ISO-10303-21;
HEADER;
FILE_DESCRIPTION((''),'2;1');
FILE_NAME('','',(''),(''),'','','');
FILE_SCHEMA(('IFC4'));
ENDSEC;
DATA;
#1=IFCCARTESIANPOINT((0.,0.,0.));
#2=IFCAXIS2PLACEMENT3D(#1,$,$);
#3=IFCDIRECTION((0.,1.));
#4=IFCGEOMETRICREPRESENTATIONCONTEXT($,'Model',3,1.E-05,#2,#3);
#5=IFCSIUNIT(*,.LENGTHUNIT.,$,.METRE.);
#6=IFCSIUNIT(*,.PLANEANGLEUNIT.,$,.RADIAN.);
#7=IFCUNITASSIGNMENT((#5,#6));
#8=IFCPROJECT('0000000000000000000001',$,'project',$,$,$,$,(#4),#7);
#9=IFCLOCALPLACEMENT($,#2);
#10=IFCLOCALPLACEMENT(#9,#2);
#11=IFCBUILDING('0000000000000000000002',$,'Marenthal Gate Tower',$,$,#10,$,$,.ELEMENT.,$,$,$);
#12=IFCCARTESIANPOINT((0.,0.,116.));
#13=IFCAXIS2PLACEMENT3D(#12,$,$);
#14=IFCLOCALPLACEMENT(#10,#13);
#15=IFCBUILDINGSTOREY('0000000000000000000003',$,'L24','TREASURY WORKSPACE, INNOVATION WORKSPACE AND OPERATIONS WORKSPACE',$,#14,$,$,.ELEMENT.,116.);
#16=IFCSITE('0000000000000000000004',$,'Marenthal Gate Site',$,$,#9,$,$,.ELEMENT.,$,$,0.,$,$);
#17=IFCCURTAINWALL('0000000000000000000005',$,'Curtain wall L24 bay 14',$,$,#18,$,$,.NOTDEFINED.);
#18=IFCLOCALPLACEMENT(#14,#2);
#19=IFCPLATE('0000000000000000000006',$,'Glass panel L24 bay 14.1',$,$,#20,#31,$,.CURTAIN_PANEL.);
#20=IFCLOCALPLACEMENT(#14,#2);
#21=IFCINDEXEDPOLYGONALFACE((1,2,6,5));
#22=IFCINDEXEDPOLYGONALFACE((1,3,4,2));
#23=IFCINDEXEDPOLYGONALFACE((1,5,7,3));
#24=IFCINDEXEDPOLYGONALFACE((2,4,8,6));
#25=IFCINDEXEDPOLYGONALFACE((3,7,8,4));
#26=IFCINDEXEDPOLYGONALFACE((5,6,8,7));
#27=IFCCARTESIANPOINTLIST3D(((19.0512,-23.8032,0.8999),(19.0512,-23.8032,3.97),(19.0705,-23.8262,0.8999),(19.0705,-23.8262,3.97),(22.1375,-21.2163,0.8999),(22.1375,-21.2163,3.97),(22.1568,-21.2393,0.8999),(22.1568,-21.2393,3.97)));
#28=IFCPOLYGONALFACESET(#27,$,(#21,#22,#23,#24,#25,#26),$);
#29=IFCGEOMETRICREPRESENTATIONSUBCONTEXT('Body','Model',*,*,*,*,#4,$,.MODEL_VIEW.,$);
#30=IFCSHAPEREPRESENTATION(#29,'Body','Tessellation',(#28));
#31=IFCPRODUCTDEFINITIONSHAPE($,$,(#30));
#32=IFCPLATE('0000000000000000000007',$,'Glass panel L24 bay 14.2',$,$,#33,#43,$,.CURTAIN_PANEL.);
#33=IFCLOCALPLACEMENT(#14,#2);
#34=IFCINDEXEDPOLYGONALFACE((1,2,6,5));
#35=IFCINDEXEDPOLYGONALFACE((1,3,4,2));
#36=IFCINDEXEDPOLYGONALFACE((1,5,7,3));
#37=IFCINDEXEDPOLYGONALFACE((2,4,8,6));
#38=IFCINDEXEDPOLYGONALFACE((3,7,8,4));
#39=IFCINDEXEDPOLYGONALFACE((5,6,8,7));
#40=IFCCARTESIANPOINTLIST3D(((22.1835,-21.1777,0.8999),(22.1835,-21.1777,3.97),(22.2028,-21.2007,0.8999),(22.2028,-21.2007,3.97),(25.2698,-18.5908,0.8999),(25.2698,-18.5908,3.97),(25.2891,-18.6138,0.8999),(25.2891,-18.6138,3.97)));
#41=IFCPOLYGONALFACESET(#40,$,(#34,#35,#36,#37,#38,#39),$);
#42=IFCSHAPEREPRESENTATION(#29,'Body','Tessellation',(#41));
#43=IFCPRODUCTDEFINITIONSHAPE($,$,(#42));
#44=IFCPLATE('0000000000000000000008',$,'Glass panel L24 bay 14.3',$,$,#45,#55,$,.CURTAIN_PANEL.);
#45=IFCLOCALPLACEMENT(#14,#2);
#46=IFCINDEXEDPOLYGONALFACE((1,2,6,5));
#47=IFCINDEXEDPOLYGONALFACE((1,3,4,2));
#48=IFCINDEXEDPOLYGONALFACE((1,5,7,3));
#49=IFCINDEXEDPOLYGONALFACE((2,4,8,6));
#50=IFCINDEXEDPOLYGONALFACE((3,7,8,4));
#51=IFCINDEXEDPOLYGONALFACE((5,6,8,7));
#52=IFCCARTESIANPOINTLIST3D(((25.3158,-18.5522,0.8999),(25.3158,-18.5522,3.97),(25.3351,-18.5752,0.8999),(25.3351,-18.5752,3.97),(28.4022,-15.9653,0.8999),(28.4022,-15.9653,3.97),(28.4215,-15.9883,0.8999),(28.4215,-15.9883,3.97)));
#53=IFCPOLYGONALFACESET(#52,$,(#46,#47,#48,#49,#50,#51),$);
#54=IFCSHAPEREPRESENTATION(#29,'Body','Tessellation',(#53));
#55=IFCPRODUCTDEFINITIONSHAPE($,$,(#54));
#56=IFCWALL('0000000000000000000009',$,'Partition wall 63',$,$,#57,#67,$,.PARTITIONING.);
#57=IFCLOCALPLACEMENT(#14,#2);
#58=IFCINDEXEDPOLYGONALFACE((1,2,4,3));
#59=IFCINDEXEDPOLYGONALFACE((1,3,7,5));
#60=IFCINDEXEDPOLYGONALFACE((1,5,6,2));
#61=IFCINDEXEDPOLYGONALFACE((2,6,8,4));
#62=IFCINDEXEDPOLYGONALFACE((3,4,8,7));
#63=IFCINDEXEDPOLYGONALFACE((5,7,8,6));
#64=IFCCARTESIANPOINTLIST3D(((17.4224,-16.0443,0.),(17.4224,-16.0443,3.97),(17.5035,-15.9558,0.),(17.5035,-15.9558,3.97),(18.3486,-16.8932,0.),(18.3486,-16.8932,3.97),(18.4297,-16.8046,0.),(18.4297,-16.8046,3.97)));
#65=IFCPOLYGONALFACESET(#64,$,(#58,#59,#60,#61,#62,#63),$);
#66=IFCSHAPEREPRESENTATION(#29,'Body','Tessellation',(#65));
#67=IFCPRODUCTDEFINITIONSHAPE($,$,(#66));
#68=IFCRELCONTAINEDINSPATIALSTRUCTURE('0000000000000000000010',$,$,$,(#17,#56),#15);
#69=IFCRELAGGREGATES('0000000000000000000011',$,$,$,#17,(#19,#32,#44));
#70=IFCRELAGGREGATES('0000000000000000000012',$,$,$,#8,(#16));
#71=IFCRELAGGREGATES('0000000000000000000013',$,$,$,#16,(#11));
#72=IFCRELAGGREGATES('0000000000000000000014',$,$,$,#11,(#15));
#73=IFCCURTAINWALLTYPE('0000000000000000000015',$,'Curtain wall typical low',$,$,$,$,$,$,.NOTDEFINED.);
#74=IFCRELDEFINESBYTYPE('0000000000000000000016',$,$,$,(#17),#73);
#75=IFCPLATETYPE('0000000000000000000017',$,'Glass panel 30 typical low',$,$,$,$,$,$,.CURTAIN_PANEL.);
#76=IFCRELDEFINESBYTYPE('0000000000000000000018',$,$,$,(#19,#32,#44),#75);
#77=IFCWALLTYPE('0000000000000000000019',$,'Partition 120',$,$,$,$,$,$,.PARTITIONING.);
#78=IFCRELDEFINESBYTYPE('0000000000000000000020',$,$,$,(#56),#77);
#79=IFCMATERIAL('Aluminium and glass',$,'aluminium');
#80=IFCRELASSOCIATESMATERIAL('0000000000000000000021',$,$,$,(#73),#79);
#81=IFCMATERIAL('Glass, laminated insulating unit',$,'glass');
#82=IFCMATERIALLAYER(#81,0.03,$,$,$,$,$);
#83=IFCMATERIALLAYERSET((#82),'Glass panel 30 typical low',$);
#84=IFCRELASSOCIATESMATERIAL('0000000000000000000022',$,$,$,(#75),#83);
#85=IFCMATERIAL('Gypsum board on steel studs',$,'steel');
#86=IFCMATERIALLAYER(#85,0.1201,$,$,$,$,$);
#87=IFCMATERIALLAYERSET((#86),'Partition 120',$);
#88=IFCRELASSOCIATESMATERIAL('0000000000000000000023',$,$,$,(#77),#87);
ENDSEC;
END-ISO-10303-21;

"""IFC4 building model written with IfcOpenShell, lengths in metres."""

from ifc_helpers import new_model, si_unit, direction, frame, frame_2d, origin, origin_2d, place, context, subcontext, project, spatial, rectangle, extrude, material, layer, layer_set, type_object, element, aggregate, save


model = new_model("IFC4")

# Units and contexts
model_context = context("Model", 3, precision=1e-05, world=origin(), true_north=direction((0.0, 1.0)))
body_context = subcontext(model_context, "Body", "Model", "MODEL_VIEW")
ifc_project = project(units=[si_unit("LENGTHUNIT", "METRE"), si_unit("PLANEANGLEUNIT", "RADIAN")], contexts=[model_context])

# Site, building, storey
site_placement = place(None, origin())
site = spatial("IfcSite", under=ifc_project, at=site_placement, Name="Marenthal Gate Site", CompositionType="ELEMENT", RefElevation=0.0)
building_placement = place(site_placement, origin())
building = spatial("IfcBuilding", under=site, at=building_placement, Name="Marenthal Gate Tower", CompositionType="ELEMENT")
storey_placement = place(building_placement, frame((0.0, 0.0, 116.0)))
storey = spatial("IfcBuildingStorey", under=building, at=storey_placement, Name="L24", Description="TREASURY WORKSPACE, INNOVATION WORKSPACE AND OPERATIONS WORKSPACE", CompositionType="ELEMENT", Elevation=116.0)

# Curtain wall
ifc_material_1 = material(Name="Aluminium and glass", Category="aluminium")
curtain_wall_type = type_object("IfcCurtainWallType", Name="Curtain wall typical low", PredefinedType="NOTDEFINED", material=ifc_material_1)
curtain_wall_placement = place(storey_placement, origin())
curtain_wall = element("IfcCurtainWall", 1, at=curtain_wall_placement, inside=storey, type_object=curtain_wall_type, Name="Curtain wall L24 bay 14", PredefinedType="NOTDEFINED")

# Plates
ifc_material_2 = material(Name="Glass, laminated insulating unit", Category="glass")
ifc_layer_1 = layer(ifc_material_2, 0.03)
ifc_layer_set_1 = layer_set([ifc_layer_1], Name="Glass panel 30 typical low")
plate_type = type_object("IfcPlateType", Name="Glass panel 30 typical low", PredefinedType="CURTAIN_PANEL", material=ifc_layer_set_1)
plate_1_placement = place(storey_placement, frame((20.604, -22.5212, 0.8999), z_axis=(0.0, 0.0, 1.0), x_axis=(0.766389, 0.642377, 0.0)))
plate_1 = element("IfcPlate", 2, at=plate_1_placement, type_object=plate_type, Name="Glass panel L24 bay 14.1", PredefinedType="CURTAIN_PANEL", context=body_context, shape_type="SweptSolid", body=[
    extrude(rectangle(XDim=4.0271, YDim=0.03, at=origin_2d()), origin(), (0.0, 0.0, 1.0), 3.0701),
])
plate_2_placement = place(storey_placement, frame((23.7363, -19.8958, 0.8999), z_axis=(0.0, 0.0, 1.0), x_axis=(0.766389, 0.642377, 0.0)))
plate_2 = element("IfcPlate", 3, at=plate_2_placement, type_object=plate_type, Name="Glass panel L24 bay 14.2", PredefinedType="CURTAIN_PANEL", context=body_context, shape_type="SweptSolid", body=[
    extrude(rectangle(XDim=4.0271, YDim=0.03, at=origin_2d()), origin(), (0.0, 0.0, 1.0), 3.0701),
])
plate_3_placement = place(storey_placement, frame((26.8687, -17.2703, 0.8999), z_axis=(0.0, 0.0, 1.0), x_axis=(0.766389, 0.642377, 0.0)))
plate_3 = element("IfcPlate", 4, at=plate_3_placement, type_object=plate_type, Name="Glass panel L24 bay 14.3", PredefinedType="CURTAIN_PANEL", context=body_context, shape_type="SweptSolid", body=[
    extrude(rectangle(XDim=4.0271, YDim=0.03, at=origin_2d()), origin(), (0.0, 0.0, 1.0), 3.0701),
])
aggregate(curtain_wall, [plate_1, plate_2, plate_3])

# Wall
ifc_material_3 = material(Name="Gypsum board on steel studs", Category="steel")
ifc_layer_2 = layer(ifc_material_3, 0.1201)
ifc_layer_set_2 = layer_set([ifc_layer_2], Name="Partition 120")
wall_type_1 = type_object("IfcWallType", Name="Partition 120", PredefinedType="PARTITIONING", material=ifc_layer_set_2)
wall_1_placement = place(storey_placement, frame((18.3892, -16.8489, 0.0), z_axis=(0.0, 0.0, 1.0), x_axis=(-0.737235, 0.675637, 0.0)))
element("IfcWall", 5, at=wall_1_placement, inside=storey, type_object=wall_type_1, Name="Partition wall 63", PredefinedType="PARTITIONING", context=body_context, shape_type="SweptSolid", body=[
    extrude(rectangle(XDim=1.2563, YDim=0.1201, at=frame_2d((0.6282, 0.0))), origin(), (0.0, 0.0, 1.0), 3.97),
])

save(model, "model.ifc")
